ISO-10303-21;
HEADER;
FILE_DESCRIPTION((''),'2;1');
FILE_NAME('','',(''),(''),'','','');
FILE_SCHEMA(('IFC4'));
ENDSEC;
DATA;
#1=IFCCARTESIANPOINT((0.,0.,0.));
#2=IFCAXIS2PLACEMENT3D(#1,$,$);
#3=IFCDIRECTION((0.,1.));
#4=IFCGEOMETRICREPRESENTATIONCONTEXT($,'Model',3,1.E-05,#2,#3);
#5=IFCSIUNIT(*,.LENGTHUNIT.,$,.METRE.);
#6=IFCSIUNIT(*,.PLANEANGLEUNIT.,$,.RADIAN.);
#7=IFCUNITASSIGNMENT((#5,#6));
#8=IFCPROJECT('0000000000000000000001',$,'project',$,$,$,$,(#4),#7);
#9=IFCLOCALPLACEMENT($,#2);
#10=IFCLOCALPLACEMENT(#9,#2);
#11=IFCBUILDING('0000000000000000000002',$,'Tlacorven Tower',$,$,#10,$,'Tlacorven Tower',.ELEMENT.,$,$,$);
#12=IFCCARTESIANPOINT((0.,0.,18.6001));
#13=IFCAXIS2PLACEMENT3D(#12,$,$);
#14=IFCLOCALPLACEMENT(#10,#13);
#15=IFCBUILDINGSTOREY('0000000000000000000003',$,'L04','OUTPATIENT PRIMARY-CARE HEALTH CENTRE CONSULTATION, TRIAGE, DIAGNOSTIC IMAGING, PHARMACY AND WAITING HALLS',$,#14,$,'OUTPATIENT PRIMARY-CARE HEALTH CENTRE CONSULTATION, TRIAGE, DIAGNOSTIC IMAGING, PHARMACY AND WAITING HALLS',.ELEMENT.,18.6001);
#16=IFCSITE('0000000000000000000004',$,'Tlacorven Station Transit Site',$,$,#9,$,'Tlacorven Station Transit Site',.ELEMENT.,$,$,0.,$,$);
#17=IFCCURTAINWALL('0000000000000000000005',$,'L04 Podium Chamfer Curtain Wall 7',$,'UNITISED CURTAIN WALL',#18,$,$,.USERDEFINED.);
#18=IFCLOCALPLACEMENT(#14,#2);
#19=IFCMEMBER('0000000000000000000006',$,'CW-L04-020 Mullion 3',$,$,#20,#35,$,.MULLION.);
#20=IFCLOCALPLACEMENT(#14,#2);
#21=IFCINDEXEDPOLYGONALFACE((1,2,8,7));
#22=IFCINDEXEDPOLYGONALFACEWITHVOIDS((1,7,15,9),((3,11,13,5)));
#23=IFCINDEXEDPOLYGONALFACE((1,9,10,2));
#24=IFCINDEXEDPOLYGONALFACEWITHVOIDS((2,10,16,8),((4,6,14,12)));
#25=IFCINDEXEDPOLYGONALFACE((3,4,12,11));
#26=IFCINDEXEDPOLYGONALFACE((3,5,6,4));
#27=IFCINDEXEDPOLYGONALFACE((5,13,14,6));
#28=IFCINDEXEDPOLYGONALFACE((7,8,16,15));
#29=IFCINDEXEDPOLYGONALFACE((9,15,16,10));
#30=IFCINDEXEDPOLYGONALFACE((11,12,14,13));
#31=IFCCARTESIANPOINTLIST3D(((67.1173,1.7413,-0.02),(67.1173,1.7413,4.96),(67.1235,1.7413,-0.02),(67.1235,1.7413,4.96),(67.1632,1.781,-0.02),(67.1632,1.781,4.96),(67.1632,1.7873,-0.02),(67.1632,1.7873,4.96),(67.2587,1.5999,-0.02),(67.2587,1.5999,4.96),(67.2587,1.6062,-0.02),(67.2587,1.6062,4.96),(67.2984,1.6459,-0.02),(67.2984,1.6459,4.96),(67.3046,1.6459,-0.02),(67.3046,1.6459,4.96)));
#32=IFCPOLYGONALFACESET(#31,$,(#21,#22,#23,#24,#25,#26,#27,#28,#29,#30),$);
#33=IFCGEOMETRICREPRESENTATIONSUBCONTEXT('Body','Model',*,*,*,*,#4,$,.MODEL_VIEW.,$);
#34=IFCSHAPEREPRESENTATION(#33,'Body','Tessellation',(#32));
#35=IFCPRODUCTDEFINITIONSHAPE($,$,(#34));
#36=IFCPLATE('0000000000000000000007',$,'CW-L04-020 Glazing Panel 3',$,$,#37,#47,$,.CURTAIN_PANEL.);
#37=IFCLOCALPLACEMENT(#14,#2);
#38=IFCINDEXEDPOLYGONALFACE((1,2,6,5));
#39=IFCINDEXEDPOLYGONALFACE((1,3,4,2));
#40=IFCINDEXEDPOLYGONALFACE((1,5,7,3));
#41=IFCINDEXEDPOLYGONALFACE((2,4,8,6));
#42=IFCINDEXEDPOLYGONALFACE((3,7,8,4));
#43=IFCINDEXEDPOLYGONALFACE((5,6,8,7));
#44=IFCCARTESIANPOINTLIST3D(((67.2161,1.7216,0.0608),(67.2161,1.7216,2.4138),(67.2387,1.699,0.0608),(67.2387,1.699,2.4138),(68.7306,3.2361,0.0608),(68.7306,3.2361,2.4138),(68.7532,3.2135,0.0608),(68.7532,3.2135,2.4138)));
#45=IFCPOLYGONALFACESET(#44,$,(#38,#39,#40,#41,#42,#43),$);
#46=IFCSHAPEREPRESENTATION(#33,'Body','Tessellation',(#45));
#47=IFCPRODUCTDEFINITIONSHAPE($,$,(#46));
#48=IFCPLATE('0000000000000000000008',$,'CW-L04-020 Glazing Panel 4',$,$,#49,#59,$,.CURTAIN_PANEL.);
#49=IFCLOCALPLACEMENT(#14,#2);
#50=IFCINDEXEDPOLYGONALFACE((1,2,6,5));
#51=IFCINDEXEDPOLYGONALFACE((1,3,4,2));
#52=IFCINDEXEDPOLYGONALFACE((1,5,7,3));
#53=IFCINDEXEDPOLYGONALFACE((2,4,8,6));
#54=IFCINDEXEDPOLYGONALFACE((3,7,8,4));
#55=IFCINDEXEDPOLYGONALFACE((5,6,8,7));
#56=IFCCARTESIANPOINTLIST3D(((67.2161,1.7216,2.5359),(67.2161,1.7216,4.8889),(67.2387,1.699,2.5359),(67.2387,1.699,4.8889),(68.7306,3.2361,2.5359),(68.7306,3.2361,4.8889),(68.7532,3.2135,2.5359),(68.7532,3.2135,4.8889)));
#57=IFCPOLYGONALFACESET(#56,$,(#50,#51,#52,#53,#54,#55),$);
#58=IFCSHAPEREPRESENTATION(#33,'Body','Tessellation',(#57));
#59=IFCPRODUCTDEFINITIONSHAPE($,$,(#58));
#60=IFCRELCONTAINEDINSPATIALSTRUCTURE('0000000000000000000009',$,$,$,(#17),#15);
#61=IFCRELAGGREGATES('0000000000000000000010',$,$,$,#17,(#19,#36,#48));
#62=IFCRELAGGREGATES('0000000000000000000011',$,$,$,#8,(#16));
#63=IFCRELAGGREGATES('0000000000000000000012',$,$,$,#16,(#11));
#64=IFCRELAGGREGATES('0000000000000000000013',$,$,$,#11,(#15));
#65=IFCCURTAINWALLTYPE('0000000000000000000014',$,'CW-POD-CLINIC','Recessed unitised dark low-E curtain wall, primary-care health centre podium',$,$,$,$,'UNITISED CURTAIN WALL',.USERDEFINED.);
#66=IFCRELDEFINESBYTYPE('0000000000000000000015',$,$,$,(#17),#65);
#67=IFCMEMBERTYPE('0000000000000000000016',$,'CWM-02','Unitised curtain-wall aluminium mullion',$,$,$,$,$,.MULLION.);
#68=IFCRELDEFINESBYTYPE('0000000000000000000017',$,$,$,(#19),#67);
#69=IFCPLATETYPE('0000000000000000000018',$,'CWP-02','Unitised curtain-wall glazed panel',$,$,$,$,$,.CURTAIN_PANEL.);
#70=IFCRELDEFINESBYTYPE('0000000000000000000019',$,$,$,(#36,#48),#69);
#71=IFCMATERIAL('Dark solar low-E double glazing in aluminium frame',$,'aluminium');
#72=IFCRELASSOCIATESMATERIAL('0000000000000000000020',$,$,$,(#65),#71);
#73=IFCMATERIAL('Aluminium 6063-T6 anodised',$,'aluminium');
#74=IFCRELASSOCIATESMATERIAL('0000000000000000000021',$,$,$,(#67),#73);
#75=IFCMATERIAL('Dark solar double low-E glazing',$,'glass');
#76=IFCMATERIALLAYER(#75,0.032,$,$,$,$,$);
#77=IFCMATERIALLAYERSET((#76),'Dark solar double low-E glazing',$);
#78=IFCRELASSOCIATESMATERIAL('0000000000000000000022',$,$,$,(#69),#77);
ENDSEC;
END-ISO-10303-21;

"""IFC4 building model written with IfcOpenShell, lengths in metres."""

from ifc_helpers import new_model, si_unit, direction, frame, origin, origin_2d, place, context, subcontext, project, spatial, rectangle, hollow_rectangle, extrude, source, transform, mapped, material, layer, layer_set, material_profile, profile_set, type_object, element, aggregate, save


model = new_model("IFC4")

# Units and contexts
model_context = context("Model", 3, precision=1e-05, world=origin(), true_north=direction((0.0, 1.0)))
body_context = subcontext(model_context, "Body", "Model", "MODEL_VIEW")
ifc_project = project(units=[si_unit("LENGTHUNIT", "METRE"), si_unit("PLANEANGLEUNIT", "RADIAN")], contexts=[model_context])

# Site, building, storey
site_placement = place(None, origin())
site = spatial("IfcSite", under=ifc_project, at=site_placement, Name="Tlacorven Station Transit Site", LongName="Tlacorven Station Transit Site", CompositionType="ELEMENT", RefElevation=0.0)
building_placement = place(site_placement, origin())
building = spatial("IfcBuilding", under=site, at=building_placement, Name="Tlacorven Tower", LongName="Tlacorven Tower", CompositionType="ELEMENT")
storey_placement = place(building_placement, frame((0.0, 0.0, 18.6001)))
storey = spatial("IfcBuildingStorey", under=building, at=storey_placement, Name="L04", Description="OUTPATIENT PRIMARY-CARE HEALTH CENTRE CONSULTATION, TRIAGE, DIAGNOSTIC IMAGING, PHARMACY AND WAITING HALLS", LongName="OUTPATIENT PRIMARY-CARE HEALTH CENTRE CONSULTATION, TRIAGE, DIAGNOSTIC IMAGING, PHARMACY AND WAITING HALLS", CompositionType="ELEMENT", Elevation=18.6001)

# Curtain wall, member, plates
ifc_material_1 = material(Name="Dark solar low-E double glazing in aluminium frame", Category="aluminium")
curtain_wall_type = type_object("IfcCurtainWallType", Name="CW-POD-CLINIC", Description="Recessed unitised dark low-E curtain wall, primary-care health centre podium", ElementType="UNITISED CURTAIN WALL", PredefinedType="USERDEFINED", material=ifc_material_1)
curtain_wall_placement = place(storey_placement, origin())
curtain_wall = element("IfcCurtainWall", 1, at=curtain_wall_placement, inside=storey, type_object=curtain_wall_type, Name="L04 Podium Chamfer Curtain Wall 7", ObjectType="UNITISED CURTAIN WALL", PredefinedType="USERDEFINED")
ifc_material_2 = material(Name="Aluminium 6063-T6 anodised", Category="aluminium")
ifc_material_profile = material_profile(ifc_material_2, hollow_rectangle(XDim=0.0649, YDim=0.2, WallThickness=0.0044, at=origin_2d()), Name="ALU MULLION 65X200")
ifc_profile_set = profile_set([ifc_material_profile], Name="Aluminium 6063-T6 anodised")
member_type = type_object("IfcMemberType", Name="CWM-02", Description="Unitised curtain-wall aluminium mullion", PredefinedType="MULLION", material=ifc_profile_set)
shared_shape_1 = source(origin(), body_context, "Body", "SweptSolid", [
    extrude(hollow_rectangle(XDim=0.0649, YDim=0.2, WallThickness=0.0044, at=origin_2d()), origin(), (0.0, 0.0, 1.0), 4.98),
])
member_placement = place(storey_placement, frame((67.2109, 1.6936, -0.02), z_axis=(0.0, 0.0, 1.0), x_axis=(-0.707107, -0.707107, 0.0)))
member = element("IfcMember", 2, at=member_placement, type_object=member_type, Name="CW-L04-020 Mullion 3", PredefinedType="MULLION", context=body_context, shape_type="MappedRepresentation", body=[
    mapped(shared_shape_1, transform((0.0, 0.0, 0.0), scale=1.0)),
])
ifc_material_3 = material(Name="Dark solar double low-E glazing", Category="glass")
ifc_layer = layer(ifc_material_3, 0.032)
ifc_layer_set = layer_set([ifc_layer], Name="Dark solar double low-E glazing")
plate_type = type_object("IfcPlateType", Name="CWP-02", Description="Unitised curtain-wall glazed panel", PredefinedType="CURTAIN_PANEL", material=ifc_layer_set)
shared_shape_2 = source(origin(), body_context, "Body", "SweptSolid", [
    extrude(rectangle(XDim=2.1418, YDim=0.032, at=origin_2d()), origin(), (0.0, 0.0, 1.0), 2.353),
])
plate_1_placement = place(storey_placement, frame((67.9846, 2.4675, 0.0608), z_axis=(0.0, 0.0, 1.0), x_axis=(-0.707107, -0.707107, 0.0)))
plate_1 = element("IfcPlate", 3, at=plate_1_placement, type_object=plate_type, Name="CW-L04-020 Glazing Panel 3", PredefinedType="CURTAIN_PANEL", context=body_context, shape_type="MappedRepresentation", body=[
    mapped(shared_shape_2, transform((0.0, 0.0, 0.0), scale=1.0)),
])
plate_2_placement = place(storey_placement, frame((67.9846, 2.4675, 2.5359), z_axis=(0.0, 0.0, 1.0), x_axis=(-0.707107, -0.707107, 0.0)))
plate_2 = element("IfcPlate", 4, at=plate_2_placement, type_object=plate_type, Name="CW-L04-020 Glazing Panel 4", PredefinedType="CURTAIN_PANEL", context=body_context, shape_type="MappedRepresentation", body=[
    mapped(shared_shape_2, transform((0.0, 0.0, 0.0), scale=1.0)),
])
aggregate(curtain_wall, [member, plate_1, plate_2])

save(model, "model.ifc")
